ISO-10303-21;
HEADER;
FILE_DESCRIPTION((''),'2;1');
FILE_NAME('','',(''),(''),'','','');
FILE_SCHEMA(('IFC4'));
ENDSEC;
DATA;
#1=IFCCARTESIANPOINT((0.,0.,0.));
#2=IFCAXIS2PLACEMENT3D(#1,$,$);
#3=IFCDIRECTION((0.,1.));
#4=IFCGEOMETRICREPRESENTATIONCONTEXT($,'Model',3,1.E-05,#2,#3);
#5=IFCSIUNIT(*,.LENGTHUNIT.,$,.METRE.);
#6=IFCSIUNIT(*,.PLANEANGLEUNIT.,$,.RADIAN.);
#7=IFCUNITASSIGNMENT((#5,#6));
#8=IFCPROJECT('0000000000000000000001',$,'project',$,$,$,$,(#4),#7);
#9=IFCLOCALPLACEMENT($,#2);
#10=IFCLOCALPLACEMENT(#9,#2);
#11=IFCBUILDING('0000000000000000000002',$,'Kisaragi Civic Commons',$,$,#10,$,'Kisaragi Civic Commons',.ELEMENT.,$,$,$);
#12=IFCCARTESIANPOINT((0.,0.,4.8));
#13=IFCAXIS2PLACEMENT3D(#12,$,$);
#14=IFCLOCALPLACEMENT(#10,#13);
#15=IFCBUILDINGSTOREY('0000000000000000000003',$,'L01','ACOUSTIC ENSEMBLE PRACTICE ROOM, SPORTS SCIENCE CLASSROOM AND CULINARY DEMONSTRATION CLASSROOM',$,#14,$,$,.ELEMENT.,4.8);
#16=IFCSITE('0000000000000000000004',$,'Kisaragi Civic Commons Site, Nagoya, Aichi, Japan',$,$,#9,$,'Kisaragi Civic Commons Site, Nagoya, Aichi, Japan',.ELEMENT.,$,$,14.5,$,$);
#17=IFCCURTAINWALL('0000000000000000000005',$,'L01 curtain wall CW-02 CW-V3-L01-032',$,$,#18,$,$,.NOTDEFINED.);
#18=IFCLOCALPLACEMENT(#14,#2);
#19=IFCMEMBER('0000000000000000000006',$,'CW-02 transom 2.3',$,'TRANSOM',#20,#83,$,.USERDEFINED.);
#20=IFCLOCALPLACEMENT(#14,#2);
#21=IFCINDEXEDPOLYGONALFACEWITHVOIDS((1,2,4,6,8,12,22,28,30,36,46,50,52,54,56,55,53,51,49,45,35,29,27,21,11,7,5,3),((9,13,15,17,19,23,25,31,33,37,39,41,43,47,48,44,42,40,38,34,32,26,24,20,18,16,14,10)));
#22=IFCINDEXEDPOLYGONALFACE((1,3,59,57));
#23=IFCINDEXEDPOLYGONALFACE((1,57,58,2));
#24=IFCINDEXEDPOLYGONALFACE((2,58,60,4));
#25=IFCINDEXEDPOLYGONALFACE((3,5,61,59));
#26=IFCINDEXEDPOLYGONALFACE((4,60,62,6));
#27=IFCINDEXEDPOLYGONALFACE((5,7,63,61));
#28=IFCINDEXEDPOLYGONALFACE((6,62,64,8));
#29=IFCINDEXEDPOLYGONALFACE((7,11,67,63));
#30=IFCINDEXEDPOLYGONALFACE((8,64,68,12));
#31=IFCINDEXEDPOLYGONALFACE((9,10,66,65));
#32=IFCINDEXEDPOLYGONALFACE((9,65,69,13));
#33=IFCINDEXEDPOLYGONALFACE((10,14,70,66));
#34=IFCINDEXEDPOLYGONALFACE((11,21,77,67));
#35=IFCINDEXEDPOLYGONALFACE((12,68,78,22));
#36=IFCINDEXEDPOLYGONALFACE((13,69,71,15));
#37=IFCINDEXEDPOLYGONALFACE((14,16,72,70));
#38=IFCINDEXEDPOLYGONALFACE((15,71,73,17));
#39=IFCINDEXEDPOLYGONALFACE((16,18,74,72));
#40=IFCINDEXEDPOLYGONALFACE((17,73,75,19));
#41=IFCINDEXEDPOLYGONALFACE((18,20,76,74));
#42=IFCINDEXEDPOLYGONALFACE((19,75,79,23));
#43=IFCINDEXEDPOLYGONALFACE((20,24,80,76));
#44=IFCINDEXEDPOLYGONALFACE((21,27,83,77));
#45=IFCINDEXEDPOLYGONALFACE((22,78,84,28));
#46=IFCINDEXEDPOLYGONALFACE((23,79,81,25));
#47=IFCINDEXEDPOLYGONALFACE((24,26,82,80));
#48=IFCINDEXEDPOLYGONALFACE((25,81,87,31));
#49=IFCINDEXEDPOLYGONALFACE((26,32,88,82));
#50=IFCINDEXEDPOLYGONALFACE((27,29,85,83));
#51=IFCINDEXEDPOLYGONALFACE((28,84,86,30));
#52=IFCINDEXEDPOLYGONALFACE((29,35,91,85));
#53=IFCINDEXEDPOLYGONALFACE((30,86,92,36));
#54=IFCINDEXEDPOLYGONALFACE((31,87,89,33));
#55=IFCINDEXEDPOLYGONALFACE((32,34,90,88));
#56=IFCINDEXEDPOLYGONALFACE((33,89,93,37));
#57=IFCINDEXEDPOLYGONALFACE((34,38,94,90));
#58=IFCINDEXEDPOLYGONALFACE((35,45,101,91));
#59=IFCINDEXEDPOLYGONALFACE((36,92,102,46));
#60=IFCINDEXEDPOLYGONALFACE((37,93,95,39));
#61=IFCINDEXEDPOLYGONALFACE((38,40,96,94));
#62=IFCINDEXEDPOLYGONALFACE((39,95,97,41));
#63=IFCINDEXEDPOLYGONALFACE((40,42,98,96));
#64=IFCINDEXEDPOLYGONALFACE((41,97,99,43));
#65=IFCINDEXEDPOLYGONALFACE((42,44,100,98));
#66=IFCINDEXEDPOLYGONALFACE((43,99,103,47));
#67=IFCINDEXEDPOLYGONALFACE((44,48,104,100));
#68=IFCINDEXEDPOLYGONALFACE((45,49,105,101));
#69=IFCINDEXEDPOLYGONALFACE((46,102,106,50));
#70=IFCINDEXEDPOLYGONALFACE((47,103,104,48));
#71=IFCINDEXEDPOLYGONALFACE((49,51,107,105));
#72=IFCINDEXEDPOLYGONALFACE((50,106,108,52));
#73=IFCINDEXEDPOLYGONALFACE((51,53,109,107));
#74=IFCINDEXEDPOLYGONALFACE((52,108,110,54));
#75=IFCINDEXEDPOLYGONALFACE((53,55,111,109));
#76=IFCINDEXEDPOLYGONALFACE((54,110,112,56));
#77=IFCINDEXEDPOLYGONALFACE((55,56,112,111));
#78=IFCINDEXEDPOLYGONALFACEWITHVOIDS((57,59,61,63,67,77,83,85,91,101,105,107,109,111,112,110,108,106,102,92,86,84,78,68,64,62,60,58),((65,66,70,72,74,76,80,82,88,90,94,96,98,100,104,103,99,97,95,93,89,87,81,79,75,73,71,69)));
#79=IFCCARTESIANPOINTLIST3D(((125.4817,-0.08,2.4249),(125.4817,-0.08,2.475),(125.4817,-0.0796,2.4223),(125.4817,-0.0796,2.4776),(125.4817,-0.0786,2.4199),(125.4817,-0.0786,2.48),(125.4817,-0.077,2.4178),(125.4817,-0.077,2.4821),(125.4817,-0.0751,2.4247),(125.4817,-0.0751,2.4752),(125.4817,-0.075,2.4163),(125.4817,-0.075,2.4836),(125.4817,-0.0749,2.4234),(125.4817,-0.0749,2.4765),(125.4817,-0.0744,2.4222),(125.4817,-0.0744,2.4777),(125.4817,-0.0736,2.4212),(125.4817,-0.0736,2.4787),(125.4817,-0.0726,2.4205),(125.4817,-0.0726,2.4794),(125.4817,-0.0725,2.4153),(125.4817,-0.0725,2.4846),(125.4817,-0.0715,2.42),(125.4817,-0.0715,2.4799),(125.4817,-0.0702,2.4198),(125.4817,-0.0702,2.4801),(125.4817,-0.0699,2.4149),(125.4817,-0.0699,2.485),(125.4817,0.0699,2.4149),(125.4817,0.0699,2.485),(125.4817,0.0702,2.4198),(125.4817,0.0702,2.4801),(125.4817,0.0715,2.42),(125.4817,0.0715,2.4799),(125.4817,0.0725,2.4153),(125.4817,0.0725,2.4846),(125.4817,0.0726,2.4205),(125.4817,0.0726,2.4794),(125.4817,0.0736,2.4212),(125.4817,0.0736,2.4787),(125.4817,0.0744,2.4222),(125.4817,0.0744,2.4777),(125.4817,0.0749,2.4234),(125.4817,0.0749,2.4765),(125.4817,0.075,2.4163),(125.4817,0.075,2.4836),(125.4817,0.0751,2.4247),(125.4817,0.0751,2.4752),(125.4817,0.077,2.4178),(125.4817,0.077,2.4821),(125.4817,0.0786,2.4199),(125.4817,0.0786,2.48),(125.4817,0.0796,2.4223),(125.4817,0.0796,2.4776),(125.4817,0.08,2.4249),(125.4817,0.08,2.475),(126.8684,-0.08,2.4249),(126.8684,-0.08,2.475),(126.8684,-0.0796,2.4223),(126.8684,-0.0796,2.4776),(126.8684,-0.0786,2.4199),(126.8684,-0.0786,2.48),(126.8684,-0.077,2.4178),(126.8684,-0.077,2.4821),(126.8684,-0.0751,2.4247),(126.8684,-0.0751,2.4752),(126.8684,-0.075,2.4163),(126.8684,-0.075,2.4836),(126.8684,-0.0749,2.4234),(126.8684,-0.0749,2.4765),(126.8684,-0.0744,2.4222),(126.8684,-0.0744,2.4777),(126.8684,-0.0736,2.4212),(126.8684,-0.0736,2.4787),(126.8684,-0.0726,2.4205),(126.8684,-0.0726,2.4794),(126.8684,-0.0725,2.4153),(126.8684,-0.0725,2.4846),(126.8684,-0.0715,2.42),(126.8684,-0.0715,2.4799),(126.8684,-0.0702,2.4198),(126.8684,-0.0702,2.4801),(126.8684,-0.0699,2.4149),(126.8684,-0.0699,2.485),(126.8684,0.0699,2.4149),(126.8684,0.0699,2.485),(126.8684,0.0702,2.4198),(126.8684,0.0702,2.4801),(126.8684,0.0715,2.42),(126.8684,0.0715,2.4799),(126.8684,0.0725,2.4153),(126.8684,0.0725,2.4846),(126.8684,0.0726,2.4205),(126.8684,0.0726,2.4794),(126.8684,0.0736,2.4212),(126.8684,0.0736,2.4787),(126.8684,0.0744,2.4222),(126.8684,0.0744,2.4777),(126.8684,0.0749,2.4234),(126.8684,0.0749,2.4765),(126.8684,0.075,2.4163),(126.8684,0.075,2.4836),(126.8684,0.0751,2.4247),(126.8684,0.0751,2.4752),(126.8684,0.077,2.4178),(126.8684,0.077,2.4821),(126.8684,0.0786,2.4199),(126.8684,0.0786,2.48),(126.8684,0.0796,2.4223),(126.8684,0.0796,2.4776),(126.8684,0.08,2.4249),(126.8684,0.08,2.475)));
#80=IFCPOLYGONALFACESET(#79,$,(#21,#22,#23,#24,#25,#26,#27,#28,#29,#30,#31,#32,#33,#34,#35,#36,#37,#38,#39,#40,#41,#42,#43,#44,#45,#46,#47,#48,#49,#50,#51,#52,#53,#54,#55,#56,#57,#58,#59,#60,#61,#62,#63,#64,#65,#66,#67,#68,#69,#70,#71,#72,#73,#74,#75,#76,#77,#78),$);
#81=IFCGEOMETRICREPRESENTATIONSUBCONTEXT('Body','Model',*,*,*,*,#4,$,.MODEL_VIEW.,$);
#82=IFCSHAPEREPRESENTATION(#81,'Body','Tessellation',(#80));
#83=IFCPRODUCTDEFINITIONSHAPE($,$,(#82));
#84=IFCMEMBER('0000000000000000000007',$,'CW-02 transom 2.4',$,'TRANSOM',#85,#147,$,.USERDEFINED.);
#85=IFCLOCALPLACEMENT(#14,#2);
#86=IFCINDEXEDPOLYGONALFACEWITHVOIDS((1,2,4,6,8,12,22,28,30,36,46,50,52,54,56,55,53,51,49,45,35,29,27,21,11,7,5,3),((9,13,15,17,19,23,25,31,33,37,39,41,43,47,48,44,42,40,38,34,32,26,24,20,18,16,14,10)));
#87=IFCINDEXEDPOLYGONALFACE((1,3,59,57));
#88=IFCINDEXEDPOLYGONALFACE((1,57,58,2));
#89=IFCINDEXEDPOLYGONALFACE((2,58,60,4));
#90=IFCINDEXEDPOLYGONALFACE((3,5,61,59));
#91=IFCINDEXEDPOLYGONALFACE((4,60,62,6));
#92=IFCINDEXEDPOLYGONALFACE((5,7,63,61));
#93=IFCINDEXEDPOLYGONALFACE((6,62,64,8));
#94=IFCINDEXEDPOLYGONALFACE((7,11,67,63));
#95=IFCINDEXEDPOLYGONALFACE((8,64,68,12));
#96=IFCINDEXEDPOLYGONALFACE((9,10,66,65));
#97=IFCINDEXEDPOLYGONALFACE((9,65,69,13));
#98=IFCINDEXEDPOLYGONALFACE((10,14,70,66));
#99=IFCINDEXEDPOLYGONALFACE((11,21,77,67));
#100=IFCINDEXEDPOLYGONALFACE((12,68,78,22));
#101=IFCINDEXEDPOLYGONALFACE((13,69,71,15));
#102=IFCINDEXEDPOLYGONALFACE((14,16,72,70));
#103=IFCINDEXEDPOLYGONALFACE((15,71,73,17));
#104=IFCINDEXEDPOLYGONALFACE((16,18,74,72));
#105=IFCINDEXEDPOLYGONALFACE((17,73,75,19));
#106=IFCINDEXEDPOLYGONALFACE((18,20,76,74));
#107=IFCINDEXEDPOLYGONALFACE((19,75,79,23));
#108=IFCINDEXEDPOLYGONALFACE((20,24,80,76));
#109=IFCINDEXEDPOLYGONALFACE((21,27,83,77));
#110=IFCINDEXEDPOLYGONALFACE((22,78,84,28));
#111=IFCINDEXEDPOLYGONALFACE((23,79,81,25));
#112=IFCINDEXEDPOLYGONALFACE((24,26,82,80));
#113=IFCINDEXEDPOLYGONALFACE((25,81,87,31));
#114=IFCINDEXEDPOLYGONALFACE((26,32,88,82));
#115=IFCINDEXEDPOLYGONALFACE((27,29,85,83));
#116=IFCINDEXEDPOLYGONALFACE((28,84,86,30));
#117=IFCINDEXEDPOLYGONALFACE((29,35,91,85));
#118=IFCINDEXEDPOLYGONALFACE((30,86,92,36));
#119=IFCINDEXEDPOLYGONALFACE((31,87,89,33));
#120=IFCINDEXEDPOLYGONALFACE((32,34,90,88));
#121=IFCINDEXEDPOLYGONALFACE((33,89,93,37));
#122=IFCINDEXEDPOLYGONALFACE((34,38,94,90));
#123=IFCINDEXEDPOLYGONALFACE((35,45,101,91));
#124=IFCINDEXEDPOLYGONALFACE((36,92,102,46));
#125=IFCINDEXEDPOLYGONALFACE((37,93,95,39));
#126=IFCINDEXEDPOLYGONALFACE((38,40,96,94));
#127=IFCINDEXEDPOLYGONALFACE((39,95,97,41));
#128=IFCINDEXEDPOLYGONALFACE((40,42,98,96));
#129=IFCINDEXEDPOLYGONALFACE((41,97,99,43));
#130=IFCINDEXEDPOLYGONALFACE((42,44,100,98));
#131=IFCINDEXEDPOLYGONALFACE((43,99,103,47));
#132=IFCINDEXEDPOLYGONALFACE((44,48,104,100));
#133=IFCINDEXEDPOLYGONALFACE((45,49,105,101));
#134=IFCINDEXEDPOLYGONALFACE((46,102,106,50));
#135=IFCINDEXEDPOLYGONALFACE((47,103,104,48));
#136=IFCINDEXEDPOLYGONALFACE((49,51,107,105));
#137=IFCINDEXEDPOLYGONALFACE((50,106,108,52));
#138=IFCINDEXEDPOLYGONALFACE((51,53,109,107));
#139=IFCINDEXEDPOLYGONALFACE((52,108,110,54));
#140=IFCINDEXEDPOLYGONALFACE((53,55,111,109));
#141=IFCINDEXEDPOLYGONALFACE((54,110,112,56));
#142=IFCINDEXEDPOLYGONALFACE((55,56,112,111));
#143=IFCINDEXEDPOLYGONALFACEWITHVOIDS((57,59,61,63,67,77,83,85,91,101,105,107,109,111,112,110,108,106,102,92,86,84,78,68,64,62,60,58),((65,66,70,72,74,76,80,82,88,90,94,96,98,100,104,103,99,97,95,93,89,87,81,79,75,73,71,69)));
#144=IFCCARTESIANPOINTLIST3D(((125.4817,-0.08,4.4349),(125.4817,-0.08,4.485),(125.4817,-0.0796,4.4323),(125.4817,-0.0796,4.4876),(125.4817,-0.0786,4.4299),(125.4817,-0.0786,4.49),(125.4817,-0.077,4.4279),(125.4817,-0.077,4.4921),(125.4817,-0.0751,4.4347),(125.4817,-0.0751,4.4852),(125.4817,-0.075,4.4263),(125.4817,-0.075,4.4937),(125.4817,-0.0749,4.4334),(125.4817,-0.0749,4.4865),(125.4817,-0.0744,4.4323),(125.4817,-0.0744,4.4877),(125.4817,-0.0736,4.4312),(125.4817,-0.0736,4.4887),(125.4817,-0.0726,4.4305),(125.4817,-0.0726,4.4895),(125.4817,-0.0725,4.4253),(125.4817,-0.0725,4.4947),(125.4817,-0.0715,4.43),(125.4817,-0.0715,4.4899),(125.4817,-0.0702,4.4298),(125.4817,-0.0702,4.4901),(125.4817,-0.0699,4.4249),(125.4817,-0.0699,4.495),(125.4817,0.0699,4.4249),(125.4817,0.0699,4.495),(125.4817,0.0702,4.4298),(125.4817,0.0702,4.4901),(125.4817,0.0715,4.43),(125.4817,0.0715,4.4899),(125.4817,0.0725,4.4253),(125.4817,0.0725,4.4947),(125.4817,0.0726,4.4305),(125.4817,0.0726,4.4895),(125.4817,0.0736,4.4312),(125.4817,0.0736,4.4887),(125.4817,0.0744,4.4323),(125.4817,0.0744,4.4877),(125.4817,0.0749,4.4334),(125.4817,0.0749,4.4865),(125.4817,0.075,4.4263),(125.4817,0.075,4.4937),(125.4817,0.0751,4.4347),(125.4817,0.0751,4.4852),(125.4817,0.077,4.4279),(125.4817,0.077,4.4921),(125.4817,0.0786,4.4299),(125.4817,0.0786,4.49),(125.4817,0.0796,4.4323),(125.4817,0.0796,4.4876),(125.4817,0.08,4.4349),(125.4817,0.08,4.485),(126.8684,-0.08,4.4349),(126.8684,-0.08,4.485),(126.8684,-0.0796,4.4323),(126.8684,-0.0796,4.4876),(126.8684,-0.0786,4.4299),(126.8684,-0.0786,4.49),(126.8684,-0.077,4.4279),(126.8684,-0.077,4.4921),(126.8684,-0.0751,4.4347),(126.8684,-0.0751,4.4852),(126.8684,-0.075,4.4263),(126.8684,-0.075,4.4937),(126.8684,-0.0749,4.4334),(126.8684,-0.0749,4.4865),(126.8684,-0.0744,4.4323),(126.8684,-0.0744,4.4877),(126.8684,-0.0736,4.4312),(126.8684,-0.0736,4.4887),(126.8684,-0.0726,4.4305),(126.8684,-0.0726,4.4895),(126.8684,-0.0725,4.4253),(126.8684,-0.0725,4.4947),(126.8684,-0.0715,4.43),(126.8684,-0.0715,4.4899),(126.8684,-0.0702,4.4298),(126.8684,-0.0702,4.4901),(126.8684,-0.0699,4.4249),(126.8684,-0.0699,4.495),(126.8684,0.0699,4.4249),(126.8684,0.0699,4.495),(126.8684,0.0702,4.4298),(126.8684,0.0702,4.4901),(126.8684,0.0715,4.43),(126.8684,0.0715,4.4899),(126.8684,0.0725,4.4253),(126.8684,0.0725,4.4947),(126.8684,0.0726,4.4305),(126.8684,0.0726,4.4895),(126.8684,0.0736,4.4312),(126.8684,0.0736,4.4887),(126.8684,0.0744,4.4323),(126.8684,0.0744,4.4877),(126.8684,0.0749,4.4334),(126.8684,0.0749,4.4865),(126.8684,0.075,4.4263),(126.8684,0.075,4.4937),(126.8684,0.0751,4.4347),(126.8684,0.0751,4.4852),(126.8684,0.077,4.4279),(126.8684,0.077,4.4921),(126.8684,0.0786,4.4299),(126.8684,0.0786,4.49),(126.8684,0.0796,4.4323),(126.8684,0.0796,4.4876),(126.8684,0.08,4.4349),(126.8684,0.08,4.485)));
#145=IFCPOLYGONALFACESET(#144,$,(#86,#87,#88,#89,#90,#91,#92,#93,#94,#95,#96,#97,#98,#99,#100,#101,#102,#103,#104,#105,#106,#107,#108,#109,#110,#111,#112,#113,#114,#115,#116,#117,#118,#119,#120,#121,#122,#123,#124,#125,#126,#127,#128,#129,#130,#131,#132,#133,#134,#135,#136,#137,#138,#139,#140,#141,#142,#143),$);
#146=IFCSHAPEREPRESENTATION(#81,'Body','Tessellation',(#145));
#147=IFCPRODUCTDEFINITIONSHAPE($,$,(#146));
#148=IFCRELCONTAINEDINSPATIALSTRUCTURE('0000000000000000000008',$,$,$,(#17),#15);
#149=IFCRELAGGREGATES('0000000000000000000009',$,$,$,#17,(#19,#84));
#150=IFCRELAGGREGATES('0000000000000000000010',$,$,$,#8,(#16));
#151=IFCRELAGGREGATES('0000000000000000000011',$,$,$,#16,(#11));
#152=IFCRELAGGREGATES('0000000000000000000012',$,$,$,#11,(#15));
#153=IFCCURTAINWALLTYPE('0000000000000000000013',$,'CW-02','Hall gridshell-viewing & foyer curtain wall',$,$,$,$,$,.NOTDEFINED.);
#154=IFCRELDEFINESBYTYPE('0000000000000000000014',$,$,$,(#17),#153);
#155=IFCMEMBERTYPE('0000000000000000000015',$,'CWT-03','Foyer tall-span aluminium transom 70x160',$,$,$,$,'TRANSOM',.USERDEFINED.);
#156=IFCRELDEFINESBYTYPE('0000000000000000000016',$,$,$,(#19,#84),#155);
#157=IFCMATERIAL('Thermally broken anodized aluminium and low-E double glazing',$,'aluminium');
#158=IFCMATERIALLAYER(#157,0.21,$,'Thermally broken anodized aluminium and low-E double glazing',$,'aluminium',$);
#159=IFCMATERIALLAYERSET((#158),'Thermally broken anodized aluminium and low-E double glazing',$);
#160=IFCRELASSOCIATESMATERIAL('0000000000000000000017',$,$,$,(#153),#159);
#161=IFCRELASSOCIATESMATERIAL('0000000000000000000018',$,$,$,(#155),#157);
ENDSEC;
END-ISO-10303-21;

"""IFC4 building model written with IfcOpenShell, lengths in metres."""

from ifc_helpers import new_model, si_unit, direction, frame, origin, origin_2d, place, context, subcontext, project, spatial, hollow_rectangle, extrude, material, layer, layer_set, material_profile, profile_set, type_object, element, aggregate, save


model = new_model("IFC4")

# Units and contexts
model_context = context("Model", 3, precision=1e-05, world=origin(), true_north=direction((0.0, 1.0)))
body_context = subcontext(model_context, "Body", "Model", "MODEL_VIEW")
ifc_project = project(units=[si_unit("LENGTHUNIT", "METRE"), si_unit("PLANEANGLEUNIT", "RADIAN")], contexts=[model_context])

# Site, building, storey
site_placement = place(None, origin())
site = spatial("IfcSite", under=ifc_project, at=site_placement, Name="Kisaragi Civic Commons Site, Nagoya, Aichi, Japan", LongName="Kisaragi Civic Commons Site, Nagoya, Aichi, Japan", CompositionType="ELEMENT", RefElevation=14.5)
building_placement = place(site_placement, origin())
building = spatial("IfcBuilding", under=site, at=building_placement, Name="Kisaragi Civic Commons", LongName="Kisaragi Civic Commons", CompositionType="ELEMENT")
storey_placement = place(building_placement, frame((0.0, 0.0, 4.8)))
storey = spatial("IfcBuildingStorey", under=building, at=storey_placement, Name="L01", Description="ACOUSTIC ENSEMBLE PRACTICE ROOM, SPORTS SCIENCE CLASSROOM AND CULINARY DEMONSTRATION CLASSROOM", CompositionType="ELEMENT", Elevation=4.8)

# Curtain wall, members
ifc_material_1 = material(Name="Thermally broken anodized aluminium and low-E double glazing", Category="aluminium")
ifc_layer_1 = layer(ifc_material_1, 0.21, Name="Thermally broken anodized aluminium and low-E double glazing", Category="aluminium")
ifc_layer_set_1 = layer_set([ifc_layer_1], Name="Thermally broken anodized aluminium and low-E double glazing")
curtain_wall_type = type_object("IfcCurtainWallType", Name="CW-02", Description="Hall gridshell-viewing & foyer curtain wall", PredefinedType="NOTDEFINED", material=ifc_layer_set_1)
curtain_wall_placement = place(storey_placement, origin())
curtain_wall = element("IfcCurtainWall", 1, at=curtain_wall_placement, inside=storey, type_object=curtain_wall_type, Name="L01 curtain wall CW-02 CW-V3-L01-032", PredefinedType="NOTDEFINED")
ifc_material_profile_1 = material_profile(ifc_material_1, hollow_rectangle(XDim=0.1599, YDim=0.0701, WallThickness=0.0049, InnerFilletRadius=0.0049, OuterFilletRadius=0.01, at=origin_2d()), Name="CWT-70x160x5", Category="aluminium")
ifc_profile_set_1 = profile_set([ifc_material_profile_1], Name="Thermally broken anodized aluminium and low-E double glazing")
member_type_1 = type_object("IfcMemberType", Name="CWT-03", Description="Foyer tall-span aluminium transom 70x160", ElementType="TRANSOM", PredefinedType="USERDEFINED", material=ifc_profile_set_1)
member_1_placement = place(storey_placement, frame((126.8684, 0.0, 2.45), z_axis=(-1.0, 0.0, 0.0), x_axis=(0.0, -1.0, 0.0)))
member_1 = element("IfcMember", 2, at=member_1_placement, type_object=member_type_1, Name="CW-02 transom 2.3", ObjectType="TRANSOM", PredefinedType="USERDEFINED", context=body_context, shape_type="SweptSolid", body=[
    extrude(hollow_rectangle(XDim=0.1599, YDim=0.0701, WallThickness=0.0049, InnerFilletRadius=0.0049, OuterFilletRadius=0.01, at=origin_2d()), origin(), (0.0, 0.0, 1.0), 1.3867),
])
member_2_placement = place(storey_placement, frame((126.8684, 0.0, 4.46), z_axis=(-1.0, 0.0, 0.0), x_axis=(0.0, -1.0, 0.0)))
member_2 = element("IfcMember", 3, at=member_2_placement, type_object=member_type_1, Name="CW-02 transom 2.4", ObjectType="TRANSOM", PredefinedType="USERDEFINED", context=body_context, shape_type="SweptSolid", body=[
    extrude(hollow_rectangle(XDim=0.1599, YDim=0.0701, WallThickness=0.0049, InnerFilletRadius=0.0049, OuterFilletRadius=0.01, at=origin_2d()), origin(), (0.0, 0.0, 1.0), 1.3867),
])

aggregate(curtain_wall, [member_1, member_2])

save(model, "model.ifc")
